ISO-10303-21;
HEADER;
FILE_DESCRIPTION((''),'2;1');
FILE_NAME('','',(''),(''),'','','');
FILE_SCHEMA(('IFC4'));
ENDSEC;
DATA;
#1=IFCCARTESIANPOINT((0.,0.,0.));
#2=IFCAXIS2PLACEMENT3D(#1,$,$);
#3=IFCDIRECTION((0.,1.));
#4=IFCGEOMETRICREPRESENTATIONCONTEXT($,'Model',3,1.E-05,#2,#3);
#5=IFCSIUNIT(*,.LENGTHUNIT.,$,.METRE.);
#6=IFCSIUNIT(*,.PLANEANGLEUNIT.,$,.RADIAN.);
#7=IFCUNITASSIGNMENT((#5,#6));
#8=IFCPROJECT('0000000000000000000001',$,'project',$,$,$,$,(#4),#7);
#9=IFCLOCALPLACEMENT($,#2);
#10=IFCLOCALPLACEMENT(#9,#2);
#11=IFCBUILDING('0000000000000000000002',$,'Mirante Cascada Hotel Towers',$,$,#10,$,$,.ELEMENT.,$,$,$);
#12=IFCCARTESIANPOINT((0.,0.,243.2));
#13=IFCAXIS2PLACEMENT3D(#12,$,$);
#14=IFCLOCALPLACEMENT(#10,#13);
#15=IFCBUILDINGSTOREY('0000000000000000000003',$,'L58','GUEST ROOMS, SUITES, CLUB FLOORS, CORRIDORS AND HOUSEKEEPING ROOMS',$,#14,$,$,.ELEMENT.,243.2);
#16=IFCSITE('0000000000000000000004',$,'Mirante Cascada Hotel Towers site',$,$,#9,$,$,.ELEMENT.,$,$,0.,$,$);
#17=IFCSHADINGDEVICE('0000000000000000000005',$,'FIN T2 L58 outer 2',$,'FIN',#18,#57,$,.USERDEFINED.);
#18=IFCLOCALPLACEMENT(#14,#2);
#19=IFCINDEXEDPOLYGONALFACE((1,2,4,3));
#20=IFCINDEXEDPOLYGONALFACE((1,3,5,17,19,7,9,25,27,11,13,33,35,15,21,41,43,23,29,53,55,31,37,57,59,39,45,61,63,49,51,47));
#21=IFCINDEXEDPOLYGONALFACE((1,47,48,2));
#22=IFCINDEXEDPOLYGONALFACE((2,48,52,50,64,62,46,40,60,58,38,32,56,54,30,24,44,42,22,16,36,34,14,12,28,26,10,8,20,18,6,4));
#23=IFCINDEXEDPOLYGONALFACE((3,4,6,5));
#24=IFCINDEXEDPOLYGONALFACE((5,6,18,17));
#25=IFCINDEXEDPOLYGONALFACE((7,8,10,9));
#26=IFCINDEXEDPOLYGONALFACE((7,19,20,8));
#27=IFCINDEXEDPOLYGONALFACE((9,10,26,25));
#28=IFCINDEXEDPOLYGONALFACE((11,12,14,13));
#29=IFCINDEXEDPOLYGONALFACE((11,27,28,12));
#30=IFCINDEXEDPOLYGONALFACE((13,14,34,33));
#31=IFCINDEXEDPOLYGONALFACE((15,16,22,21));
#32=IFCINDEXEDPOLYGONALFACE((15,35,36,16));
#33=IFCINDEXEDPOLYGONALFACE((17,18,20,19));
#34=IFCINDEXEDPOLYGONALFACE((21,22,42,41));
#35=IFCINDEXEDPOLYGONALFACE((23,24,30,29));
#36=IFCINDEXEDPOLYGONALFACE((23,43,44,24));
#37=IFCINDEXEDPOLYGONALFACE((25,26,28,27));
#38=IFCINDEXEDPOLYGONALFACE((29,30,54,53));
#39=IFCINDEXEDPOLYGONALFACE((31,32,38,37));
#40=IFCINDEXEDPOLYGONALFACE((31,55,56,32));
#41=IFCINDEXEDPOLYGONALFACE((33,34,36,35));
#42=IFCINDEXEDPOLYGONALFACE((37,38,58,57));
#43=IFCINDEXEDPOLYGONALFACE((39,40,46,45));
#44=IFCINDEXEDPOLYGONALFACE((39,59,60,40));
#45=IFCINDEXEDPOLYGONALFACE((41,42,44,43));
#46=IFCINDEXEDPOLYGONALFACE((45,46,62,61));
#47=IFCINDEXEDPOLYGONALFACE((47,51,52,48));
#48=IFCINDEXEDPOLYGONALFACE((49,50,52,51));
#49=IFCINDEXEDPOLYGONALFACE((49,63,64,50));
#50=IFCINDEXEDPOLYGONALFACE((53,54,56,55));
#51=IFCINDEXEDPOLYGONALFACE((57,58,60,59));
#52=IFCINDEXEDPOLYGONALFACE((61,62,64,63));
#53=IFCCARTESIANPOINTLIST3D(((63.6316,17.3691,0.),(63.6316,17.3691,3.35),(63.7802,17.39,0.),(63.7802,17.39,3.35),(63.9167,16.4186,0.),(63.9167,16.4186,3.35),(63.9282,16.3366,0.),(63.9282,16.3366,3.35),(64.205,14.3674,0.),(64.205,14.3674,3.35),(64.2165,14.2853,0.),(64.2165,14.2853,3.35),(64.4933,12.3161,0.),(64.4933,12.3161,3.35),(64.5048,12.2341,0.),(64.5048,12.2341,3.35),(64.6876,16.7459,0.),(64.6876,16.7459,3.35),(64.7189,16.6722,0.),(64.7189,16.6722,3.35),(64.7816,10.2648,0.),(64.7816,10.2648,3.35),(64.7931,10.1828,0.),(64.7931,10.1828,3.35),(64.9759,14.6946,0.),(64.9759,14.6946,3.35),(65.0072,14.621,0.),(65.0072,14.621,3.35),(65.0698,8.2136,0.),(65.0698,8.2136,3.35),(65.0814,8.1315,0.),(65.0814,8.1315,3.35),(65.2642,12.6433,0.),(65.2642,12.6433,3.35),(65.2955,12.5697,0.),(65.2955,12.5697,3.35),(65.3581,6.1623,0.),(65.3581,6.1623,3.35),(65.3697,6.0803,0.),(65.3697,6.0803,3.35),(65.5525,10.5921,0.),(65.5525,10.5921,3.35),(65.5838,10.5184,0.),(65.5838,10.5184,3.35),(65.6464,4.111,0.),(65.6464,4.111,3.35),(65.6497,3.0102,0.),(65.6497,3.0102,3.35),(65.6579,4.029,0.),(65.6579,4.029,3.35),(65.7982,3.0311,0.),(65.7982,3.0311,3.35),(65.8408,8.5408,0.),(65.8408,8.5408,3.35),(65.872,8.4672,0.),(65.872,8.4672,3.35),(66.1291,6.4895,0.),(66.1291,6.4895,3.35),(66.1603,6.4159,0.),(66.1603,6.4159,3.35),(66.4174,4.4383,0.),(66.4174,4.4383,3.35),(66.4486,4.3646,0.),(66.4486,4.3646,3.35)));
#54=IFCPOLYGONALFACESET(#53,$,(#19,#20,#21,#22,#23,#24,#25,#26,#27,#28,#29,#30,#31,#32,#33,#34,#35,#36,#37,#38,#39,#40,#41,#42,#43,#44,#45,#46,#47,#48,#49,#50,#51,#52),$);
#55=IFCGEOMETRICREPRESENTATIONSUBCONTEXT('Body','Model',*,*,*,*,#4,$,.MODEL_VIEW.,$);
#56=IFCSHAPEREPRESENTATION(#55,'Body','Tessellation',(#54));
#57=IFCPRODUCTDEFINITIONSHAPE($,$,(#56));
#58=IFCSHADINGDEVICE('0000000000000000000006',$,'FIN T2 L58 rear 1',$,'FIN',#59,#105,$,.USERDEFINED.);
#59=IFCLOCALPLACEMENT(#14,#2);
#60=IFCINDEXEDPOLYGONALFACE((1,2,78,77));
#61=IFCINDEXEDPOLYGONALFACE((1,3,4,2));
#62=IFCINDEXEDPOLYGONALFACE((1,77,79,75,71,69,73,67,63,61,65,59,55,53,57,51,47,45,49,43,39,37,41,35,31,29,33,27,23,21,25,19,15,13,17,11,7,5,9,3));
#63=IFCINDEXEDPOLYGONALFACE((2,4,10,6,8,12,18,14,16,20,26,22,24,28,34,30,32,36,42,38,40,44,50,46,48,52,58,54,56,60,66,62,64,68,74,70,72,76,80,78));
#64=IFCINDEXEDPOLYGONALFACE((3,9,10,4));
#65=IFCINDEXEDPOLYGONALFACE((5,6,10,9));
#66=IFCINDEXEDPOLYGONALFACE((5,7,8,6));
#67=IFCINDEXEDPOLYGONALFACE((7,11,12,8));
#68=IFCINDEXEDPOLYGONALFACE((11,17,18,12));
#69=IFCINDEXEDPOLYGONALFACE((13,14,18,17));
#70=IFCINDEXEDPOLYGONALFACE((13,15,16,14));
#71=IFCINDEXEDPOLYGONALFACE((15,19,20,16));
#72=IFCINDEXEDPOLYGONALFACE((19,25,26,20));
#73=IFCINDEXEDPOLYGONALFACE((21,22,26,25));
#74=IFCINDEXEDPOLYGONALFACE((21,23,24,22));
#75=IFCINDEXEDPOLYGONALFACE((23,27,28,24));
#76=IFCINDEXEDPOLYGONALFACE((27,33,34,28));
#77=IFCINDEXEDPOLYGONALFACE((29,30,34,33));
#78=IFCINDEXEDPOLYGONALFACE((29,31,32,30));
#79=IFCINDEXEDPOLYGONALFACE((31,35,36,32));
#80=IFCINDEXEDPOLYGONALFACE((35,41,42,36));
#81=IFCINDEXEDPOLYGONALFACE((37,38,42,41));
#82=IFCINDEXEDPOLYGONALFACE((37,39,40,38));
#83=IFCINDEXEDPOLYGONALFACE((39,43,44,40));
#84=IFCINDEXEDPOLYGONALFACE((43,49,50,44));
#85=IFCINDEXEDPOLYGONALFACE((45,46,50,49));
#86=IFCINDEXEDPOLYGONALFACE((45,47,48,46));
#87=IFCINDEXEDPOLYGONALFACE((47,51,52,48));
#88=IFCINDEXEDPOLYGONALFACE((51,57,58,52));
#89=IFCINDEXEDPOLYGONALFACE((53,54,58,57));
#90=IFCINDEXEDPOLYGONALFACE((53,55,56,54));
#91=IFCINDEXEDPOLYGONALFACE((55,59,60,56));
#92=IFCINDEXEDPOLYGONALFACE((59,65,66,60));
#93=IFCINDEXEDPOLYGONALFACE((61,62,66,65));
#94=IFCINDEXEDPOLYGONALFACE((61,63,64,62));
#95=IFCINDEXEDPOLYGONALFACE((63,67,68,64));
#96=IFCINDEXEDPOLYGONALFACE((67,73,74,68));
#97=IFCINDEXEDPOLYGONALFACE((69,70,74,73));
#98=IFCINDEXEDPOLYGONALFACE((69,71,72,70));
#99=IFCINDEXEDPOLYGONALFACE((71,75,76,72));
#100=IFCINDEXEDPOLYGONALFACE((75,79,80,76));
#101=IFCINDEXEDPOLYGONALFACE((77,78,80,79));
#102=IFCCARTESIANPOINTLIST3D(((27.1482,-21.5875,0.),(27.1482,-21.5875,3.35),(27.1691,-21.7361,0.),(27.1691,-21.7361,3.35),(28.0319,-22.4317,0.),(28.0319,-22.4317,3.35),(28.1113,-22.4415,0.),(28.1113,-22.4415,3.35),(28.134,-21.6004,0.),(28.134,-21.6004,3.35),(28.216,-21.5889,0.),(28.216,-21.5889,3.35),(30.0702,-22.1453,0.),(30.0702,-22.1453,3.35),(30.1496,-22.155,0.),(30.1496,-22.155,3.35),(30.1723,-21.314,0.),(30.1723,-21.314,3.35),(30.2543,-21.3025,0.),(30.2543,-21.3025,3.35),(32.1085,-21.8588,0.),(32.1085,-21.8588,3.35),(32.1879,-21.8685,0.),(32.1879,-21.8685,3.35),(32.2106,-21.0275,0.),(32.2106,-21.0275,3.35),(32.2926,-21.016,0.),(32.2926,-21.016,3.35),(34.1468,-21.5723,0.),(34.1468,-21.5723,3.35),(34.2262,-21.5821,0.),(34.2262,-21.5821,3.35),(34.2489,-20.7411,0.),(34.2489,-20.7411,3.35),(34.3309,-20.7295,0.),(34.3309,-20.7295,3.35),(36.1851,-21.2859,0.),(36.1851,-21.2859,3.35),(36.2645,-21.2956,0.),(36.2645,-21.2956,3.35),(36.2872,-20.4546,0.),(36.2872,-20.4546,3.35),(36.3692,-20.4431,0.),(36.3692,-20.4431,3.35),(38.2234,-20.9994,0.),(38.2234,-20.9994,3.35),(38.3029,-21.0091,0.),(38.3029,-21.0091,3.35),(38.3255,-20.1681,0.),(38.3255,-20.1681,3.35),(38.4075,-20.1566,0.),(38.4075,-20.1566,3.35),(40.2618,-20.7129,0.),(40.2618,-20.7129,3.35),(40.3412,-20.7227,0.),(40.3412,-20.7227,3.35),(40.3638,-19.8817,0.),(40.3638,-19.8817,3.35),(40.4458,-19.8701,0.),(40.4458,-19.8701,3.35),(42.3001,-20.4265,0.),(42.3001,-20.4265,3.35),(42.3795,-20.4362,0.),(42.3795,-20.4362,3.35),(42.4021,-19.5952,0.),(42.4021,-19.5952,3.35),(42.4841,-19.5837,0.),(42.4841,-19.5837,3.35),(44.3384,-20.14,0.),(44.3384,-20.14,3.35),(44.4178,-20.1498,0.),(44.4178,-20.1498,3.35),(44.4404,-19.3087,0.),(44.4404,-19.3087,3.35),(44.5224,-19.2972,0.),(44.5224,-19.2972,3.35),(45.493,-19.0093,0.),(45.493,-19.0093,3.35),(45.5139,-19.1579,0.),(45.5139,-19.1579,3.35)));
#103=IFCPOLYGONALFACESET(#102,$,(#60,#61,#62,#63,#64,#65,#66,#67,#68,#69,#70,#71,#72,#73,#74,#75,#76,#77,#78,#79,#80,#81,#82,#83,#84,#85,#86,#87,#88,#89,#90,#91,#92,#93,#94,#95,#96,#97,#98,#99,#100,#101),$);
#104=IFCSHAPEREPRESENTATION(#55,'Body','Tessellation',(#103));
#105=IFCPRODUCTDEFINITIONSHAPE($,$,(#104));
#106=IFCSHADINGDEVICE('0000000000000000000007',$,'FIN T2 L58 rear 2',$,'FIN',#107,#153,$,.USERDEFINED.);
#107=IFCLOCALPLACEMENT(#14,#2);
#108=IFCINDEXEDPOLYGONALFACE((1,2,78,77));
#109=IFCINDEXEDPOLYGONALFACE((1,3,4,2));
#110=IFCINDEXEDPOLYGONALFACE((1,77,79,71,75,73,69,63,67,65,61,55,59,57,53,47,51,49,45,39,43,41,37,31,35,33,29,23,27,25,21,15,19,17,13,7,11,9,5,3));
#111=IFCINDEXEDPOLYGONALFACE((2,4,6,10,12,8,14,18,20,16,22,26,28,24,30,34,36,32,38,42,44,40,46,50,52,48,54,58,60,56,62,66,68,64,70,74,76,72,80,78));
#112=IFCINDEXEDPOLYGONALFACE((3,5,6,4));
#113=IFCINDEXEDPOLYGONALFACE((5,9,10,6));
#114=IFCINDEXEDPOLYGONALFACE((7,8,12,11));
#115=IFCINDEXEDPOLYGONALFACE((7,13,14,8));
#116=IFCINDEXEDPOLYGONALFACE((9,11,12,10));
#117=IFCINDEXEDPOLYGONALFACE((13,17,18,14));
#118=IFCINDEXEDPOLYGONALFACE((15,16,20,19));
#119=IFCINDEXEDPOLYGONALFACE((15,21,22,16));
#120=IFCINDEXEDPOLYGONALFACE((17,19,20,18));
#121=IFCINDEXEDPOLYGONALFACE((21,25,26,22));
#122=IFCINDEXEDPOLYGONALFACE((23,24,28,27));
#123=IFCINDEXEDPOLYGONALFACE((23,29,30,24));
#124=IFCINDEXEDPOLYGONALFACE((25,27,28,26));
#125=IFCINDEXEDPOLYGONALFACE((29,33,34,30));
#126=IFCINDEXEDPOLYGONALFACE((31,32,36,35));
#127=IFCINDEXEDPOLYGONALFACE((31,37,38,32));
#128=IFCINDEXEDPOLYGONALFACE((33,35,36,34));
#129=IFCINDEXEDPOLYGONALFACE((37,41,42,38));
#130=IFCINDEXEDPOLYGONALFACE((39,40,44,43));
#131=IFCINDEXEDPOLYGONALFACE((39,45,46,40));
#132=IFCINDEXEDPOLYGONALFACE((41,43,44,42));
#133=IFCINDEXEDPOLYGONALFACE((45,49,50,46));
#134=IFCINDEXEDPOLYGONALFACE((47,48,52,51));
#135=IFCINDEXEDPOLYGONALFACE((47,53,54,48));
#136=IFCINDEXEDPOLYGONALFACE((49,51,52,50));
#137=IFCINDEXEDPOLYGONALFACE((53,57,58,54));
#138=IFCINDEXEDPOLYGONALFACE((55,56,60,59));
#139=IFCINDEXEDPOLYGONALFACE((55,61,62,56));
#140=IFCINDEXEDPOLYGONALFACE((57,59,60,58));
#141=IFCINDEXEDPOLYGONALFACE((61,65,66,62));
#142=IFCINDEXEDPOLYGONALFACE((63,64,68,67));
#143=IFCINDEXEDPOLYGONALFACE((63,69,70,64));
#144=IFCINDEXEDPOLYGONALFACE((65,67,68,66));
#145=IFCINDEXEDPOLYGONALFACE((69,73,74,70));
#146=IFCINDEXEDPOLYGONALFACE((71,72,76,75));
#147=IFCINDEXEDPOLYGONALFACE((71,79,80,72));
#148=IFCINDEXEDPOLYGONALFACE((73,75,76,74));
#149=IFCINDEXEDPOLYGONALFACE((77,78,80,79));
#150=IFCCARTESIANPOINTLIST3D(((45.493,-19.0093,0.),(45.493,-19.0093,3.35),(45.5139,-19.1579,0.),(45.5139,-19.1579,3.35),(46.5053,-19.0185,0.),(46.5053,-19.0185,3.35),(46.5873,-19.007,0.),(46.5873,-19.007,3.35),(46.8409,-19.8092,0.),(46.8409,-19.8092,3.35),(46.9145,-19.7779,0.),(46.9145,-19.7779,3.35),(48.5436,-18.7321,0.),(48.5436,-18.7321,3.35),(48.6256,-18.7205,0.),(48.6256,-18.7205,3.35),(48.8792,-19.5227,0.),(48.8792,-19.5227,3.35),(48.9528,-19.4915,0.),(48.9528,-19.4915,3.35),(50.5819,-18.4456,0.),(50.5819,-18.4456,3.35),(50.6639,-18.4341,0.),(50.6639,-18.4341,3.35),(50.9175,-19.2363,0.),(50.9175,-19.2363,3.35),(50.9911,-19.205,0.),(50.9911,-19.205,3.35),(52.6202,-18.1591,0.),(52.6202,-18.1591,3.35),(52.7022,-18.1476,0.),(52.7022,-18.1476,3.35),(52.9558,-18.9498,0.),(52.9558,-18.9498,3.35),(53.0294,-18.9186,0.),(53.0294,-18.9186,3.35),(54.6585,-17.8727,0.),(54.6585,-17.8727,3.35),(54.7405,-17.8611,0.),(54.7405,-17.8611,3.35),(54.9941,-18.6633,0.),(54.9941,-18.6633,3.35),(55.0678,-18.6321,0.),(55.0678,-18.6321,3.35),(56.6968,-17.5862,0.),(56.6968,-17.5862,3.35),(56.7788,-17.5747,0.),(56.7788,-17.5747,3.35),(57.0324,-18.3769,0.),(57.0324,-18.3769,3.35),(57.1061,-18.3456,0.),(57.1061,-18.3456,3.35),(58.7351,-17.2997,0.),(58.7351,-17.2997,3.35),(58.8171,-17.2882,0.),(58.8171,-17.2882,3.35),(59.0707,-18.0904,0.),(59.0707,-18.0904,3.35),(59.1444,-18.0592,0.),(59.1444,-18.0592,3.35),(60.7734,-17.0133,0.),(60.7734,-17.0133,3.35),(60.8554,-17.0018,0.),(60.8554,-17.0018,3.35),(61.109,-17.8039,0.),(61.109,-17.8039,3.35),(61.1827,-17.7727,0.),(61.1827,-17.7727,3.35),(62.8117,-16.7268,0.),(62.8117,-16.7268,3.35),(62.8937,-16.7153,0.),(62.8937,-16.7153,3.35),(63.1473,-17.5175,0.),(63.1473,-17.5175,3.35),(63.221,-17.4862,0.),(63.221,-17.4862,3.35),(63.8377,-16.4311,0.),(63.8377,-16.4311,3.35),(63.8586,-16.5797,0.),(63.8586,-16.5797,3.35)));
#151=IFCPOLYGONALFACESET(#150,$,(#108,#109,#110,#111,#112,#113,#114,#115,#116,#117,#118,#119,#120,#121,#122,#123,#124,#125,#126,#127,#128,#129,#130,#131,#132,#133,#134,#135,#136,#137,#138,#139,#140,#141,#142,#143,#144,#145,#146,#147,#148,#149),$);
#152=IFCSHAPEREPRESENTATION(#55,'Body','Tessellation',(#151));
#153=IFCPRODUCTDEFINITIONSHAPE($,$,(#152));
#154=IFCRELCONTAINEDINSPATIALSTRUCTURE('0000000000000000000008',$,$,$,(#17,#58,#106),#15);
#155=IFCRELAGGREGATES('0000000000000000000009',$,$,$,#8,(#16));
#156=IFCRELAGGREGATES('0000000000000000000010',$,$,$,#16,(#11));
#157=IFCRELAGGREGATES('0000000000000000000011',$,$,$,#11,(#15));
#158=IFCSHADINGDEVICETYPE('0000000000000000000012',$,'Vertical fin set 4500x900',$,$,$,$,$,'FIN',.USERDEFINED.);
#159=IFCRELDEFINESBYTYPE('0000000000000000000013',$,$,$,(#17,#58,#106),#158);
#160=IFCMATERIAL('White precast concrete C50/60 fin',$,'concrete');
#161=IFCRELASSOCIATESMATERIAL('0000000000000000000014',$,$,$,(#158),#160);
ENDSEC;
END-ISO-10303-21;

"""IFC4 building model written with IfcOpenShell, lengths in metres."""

from ifc_helpers import new_model, si_unit, direction, frame, origin, place, context, subcontext, project, spatial, polyline, outline, extrude, material, type_object, element, save


model = new_model("IFC4")

# Units and contexts
model_context = context("Model", 3, precision=1e-05, world=origin(), true_north=direction((0.0, 1.0)))
body_context = subcontext(model_context, "Body", "Model", "MODEL_VIEW")
ifc_project = project(units=[si_unit("LENGTHUNIT", "METRE"), si_unit("PLANEANGLEUNIT", "RADIAN")], contexts=[model_context])

# Site, building, storey
site_placement = place(None, origin())
site = spatial("IfcSite", under=ifc_project, at=site_placement, Name="Mirante Cascada Hotel Towers site", CompositionType="ELEMENT", RefElevation=0.0)
building_placement = place(site_placement, origin())
building = spatial("IfcBuilding", under=site, at=building_placement, Name="Mirante Cascada Hotel Towers", CompositionType="ELEMENT")
storey_placement = place(building_placement, frame((0.0, 0.0, 243.2)))
storey = spatial("IfcBuildingStorey", under=building, at=storey_placement, Name="L58", Description="GUEST ROOMS, SUITES, CLUB FLOORS, CORRIDORS AND HOUSEKEEPING ROOMS", CompositionType="ELEMENT", Elevation=243.2)

# Shading devices
ifc_material_1 = material(Name="White precast concrete C50/60 fin", Category="concrete")
shading_device_type = type_object("IfcShadingDeviceType", Name="Vertical fin set 4500x900", ElementType="FIN", PredefinedType="USERDEFINED", material=ifc_material_1)
shading_device_1_placement = place(storey_placement, origin())
element("IfcShadingDevice", 1, at=shading_device_1_placement, inside=storey, type_object=shading_device_type, Name="FIN T2 L58 outer 2", ObjectType="FIN", PredefinedType="USERDEFINED", context=body_context, shape_type="SweptSolid", body=[
    extrude(outline(polyline([(66.4486, 4.3646), (65.6579, 4.029), (65.7982, 3.0311), (65.6497, 3.0102), (63.6316, 17.3691), (63.7802, 17.39), (63.9167, 16.4186), (64.6876, 16.7459), (64.7189, 16.6722), (63.9282, 16.3366), (64.205, 14.3674), (64.9759, 14.6946), (65.0072, 14.621), (64.2165, 14.2853), (64.4933, 12.3161), (65.2642, 12.6433), (65.2955, 12.5697), (64.5048, 12.2341), (64.7816, 10.2648), (65.5525, 10.5921), (65.5838, 10.5184), (64.7931, 10.1828), (65.0698, 8.2136), (65.8408, 8.5408), (65.872, 8.4672), (65.0814, 8.1315), (65.3581, 6.1623), (66.1291, 6.4895), (66.1603, 6.4159), (65.3697, 6.0803), (65.6464, 4.111), (66.4174, 4.4383), (66.4486, 4.3646)])), origin(), (0.0, 0.0, 1.0), 3.35),
])
shading_device_2_placement = place(storey_placement, origin())
element("IfcShadingDevice", 2, at=shading_device_2_placement, inside=storey, type_object=shading_device_type, Name="FIN T2 L58 rear 1", ObjectType="FIN", PredefinedType="USERDEFINED", context=body_context, shape_type="SweptSolid", body=[
    extrude(outline(polyline([(28.0319, -22.4317), (28.134, -21.6004), (27.1691, -21.7361), (27.1482, -21.5875), (45.493, -19.0093), (45.5139, -19.1579), (44.5224, -19.2972), (44.4178, -20.1498), (44.3384, -20.14), (44.4404, -19.3087), (42.4841, -19.5837), (42.3795, -20.4362), (42.3001, -20.4265), (42.4021, -19.5952), (40.4458, -19.8701), (40.3412, -20.7227), (40.2618, -20.7129), (40.3638, -19.8817), (38.4075, -20.1566), (38.3029, -21.0091), (38.2234, -20.9994), (38.3255, -20.1681), (36.3692, -20.4431), (36.2645, -21.2956), (36.1851, -21.2859), (36.2872, -20.4546), (34.3309, -20.7295), (34.2262, -21.5821), (34.1468, -21.5723), (34.2489, -20.7411), (32.2926, -21.016), (32.1879, -21.8685), (32.1085, -21.8588), (32.2106, -21.0275), (30.2543, -21.3025), (30.1496, -22.155), (30.0702, -22.1453), (30.1723, -21.314), (28.216, -21.5889), (28.1113, -22.4415), (28.0319, -22.4317)])), origin(), (0.0, 0.0, 1.0), 3.35),
])
shading_device_3_placement = place(storey_placement, origin())
element("IfcShadingDevice", 3, at=shading_device_3_placement, inside=storey, type_object=shading_device_type, Name="FIN T2 L58 rear 2", ObjectType="FIN", PredefinedType="USERDEFINED", context=body_context, shape_type="SweptSolid", body=[
    extrude(outline(polyline([(46.8409, -19.8092), (46.5053, -19.0185), (45.5139, -19.1579), (45.493, -19.0093), (63.8377, -16.4311), (63.8586, -16.5797), (62.8937, -16.7153), (63.221, -17.4862), (63.1473, -17.5175), (62.8117, -16.7268), (60.8554, -17.0018), (61.1827, -17.7727), (61.109, -17.8039), (60.7734, -17.0133), (58.8171, -17.2882), (59.1444, -18.0592), (59.0707, -18.0904), (58.7351, -17.2997), (56.7788, -17.5747), (57.1061, -18.3456), (57.0324, -18.3769), (56.6968, -17.5862), (54.7405, -17.8611), (55.0678, -18.6321), (54.9941, -18.6633), (54.6585, -17.8727), (52.7022, -18.1476), (53.0294, -18.9186), (52.9558, -18.9498), (52.6202, -18.1591), (50.6639, -18.4341), (50.9911, -19.205), (50.9175, -19.2363), (50.5819, -18.4456), (48.6256, -18.7205), (48.9528, -19.4915), (48.8792, -19.5227), (48.5436, -18.7321), (46.5873, -19.007), (46.9145, -19.7779), (46.8409, -19.8092)])), origin(), (0.0, 0.0, 1.0), 3.35),
])

save(model, "model.ifc")
